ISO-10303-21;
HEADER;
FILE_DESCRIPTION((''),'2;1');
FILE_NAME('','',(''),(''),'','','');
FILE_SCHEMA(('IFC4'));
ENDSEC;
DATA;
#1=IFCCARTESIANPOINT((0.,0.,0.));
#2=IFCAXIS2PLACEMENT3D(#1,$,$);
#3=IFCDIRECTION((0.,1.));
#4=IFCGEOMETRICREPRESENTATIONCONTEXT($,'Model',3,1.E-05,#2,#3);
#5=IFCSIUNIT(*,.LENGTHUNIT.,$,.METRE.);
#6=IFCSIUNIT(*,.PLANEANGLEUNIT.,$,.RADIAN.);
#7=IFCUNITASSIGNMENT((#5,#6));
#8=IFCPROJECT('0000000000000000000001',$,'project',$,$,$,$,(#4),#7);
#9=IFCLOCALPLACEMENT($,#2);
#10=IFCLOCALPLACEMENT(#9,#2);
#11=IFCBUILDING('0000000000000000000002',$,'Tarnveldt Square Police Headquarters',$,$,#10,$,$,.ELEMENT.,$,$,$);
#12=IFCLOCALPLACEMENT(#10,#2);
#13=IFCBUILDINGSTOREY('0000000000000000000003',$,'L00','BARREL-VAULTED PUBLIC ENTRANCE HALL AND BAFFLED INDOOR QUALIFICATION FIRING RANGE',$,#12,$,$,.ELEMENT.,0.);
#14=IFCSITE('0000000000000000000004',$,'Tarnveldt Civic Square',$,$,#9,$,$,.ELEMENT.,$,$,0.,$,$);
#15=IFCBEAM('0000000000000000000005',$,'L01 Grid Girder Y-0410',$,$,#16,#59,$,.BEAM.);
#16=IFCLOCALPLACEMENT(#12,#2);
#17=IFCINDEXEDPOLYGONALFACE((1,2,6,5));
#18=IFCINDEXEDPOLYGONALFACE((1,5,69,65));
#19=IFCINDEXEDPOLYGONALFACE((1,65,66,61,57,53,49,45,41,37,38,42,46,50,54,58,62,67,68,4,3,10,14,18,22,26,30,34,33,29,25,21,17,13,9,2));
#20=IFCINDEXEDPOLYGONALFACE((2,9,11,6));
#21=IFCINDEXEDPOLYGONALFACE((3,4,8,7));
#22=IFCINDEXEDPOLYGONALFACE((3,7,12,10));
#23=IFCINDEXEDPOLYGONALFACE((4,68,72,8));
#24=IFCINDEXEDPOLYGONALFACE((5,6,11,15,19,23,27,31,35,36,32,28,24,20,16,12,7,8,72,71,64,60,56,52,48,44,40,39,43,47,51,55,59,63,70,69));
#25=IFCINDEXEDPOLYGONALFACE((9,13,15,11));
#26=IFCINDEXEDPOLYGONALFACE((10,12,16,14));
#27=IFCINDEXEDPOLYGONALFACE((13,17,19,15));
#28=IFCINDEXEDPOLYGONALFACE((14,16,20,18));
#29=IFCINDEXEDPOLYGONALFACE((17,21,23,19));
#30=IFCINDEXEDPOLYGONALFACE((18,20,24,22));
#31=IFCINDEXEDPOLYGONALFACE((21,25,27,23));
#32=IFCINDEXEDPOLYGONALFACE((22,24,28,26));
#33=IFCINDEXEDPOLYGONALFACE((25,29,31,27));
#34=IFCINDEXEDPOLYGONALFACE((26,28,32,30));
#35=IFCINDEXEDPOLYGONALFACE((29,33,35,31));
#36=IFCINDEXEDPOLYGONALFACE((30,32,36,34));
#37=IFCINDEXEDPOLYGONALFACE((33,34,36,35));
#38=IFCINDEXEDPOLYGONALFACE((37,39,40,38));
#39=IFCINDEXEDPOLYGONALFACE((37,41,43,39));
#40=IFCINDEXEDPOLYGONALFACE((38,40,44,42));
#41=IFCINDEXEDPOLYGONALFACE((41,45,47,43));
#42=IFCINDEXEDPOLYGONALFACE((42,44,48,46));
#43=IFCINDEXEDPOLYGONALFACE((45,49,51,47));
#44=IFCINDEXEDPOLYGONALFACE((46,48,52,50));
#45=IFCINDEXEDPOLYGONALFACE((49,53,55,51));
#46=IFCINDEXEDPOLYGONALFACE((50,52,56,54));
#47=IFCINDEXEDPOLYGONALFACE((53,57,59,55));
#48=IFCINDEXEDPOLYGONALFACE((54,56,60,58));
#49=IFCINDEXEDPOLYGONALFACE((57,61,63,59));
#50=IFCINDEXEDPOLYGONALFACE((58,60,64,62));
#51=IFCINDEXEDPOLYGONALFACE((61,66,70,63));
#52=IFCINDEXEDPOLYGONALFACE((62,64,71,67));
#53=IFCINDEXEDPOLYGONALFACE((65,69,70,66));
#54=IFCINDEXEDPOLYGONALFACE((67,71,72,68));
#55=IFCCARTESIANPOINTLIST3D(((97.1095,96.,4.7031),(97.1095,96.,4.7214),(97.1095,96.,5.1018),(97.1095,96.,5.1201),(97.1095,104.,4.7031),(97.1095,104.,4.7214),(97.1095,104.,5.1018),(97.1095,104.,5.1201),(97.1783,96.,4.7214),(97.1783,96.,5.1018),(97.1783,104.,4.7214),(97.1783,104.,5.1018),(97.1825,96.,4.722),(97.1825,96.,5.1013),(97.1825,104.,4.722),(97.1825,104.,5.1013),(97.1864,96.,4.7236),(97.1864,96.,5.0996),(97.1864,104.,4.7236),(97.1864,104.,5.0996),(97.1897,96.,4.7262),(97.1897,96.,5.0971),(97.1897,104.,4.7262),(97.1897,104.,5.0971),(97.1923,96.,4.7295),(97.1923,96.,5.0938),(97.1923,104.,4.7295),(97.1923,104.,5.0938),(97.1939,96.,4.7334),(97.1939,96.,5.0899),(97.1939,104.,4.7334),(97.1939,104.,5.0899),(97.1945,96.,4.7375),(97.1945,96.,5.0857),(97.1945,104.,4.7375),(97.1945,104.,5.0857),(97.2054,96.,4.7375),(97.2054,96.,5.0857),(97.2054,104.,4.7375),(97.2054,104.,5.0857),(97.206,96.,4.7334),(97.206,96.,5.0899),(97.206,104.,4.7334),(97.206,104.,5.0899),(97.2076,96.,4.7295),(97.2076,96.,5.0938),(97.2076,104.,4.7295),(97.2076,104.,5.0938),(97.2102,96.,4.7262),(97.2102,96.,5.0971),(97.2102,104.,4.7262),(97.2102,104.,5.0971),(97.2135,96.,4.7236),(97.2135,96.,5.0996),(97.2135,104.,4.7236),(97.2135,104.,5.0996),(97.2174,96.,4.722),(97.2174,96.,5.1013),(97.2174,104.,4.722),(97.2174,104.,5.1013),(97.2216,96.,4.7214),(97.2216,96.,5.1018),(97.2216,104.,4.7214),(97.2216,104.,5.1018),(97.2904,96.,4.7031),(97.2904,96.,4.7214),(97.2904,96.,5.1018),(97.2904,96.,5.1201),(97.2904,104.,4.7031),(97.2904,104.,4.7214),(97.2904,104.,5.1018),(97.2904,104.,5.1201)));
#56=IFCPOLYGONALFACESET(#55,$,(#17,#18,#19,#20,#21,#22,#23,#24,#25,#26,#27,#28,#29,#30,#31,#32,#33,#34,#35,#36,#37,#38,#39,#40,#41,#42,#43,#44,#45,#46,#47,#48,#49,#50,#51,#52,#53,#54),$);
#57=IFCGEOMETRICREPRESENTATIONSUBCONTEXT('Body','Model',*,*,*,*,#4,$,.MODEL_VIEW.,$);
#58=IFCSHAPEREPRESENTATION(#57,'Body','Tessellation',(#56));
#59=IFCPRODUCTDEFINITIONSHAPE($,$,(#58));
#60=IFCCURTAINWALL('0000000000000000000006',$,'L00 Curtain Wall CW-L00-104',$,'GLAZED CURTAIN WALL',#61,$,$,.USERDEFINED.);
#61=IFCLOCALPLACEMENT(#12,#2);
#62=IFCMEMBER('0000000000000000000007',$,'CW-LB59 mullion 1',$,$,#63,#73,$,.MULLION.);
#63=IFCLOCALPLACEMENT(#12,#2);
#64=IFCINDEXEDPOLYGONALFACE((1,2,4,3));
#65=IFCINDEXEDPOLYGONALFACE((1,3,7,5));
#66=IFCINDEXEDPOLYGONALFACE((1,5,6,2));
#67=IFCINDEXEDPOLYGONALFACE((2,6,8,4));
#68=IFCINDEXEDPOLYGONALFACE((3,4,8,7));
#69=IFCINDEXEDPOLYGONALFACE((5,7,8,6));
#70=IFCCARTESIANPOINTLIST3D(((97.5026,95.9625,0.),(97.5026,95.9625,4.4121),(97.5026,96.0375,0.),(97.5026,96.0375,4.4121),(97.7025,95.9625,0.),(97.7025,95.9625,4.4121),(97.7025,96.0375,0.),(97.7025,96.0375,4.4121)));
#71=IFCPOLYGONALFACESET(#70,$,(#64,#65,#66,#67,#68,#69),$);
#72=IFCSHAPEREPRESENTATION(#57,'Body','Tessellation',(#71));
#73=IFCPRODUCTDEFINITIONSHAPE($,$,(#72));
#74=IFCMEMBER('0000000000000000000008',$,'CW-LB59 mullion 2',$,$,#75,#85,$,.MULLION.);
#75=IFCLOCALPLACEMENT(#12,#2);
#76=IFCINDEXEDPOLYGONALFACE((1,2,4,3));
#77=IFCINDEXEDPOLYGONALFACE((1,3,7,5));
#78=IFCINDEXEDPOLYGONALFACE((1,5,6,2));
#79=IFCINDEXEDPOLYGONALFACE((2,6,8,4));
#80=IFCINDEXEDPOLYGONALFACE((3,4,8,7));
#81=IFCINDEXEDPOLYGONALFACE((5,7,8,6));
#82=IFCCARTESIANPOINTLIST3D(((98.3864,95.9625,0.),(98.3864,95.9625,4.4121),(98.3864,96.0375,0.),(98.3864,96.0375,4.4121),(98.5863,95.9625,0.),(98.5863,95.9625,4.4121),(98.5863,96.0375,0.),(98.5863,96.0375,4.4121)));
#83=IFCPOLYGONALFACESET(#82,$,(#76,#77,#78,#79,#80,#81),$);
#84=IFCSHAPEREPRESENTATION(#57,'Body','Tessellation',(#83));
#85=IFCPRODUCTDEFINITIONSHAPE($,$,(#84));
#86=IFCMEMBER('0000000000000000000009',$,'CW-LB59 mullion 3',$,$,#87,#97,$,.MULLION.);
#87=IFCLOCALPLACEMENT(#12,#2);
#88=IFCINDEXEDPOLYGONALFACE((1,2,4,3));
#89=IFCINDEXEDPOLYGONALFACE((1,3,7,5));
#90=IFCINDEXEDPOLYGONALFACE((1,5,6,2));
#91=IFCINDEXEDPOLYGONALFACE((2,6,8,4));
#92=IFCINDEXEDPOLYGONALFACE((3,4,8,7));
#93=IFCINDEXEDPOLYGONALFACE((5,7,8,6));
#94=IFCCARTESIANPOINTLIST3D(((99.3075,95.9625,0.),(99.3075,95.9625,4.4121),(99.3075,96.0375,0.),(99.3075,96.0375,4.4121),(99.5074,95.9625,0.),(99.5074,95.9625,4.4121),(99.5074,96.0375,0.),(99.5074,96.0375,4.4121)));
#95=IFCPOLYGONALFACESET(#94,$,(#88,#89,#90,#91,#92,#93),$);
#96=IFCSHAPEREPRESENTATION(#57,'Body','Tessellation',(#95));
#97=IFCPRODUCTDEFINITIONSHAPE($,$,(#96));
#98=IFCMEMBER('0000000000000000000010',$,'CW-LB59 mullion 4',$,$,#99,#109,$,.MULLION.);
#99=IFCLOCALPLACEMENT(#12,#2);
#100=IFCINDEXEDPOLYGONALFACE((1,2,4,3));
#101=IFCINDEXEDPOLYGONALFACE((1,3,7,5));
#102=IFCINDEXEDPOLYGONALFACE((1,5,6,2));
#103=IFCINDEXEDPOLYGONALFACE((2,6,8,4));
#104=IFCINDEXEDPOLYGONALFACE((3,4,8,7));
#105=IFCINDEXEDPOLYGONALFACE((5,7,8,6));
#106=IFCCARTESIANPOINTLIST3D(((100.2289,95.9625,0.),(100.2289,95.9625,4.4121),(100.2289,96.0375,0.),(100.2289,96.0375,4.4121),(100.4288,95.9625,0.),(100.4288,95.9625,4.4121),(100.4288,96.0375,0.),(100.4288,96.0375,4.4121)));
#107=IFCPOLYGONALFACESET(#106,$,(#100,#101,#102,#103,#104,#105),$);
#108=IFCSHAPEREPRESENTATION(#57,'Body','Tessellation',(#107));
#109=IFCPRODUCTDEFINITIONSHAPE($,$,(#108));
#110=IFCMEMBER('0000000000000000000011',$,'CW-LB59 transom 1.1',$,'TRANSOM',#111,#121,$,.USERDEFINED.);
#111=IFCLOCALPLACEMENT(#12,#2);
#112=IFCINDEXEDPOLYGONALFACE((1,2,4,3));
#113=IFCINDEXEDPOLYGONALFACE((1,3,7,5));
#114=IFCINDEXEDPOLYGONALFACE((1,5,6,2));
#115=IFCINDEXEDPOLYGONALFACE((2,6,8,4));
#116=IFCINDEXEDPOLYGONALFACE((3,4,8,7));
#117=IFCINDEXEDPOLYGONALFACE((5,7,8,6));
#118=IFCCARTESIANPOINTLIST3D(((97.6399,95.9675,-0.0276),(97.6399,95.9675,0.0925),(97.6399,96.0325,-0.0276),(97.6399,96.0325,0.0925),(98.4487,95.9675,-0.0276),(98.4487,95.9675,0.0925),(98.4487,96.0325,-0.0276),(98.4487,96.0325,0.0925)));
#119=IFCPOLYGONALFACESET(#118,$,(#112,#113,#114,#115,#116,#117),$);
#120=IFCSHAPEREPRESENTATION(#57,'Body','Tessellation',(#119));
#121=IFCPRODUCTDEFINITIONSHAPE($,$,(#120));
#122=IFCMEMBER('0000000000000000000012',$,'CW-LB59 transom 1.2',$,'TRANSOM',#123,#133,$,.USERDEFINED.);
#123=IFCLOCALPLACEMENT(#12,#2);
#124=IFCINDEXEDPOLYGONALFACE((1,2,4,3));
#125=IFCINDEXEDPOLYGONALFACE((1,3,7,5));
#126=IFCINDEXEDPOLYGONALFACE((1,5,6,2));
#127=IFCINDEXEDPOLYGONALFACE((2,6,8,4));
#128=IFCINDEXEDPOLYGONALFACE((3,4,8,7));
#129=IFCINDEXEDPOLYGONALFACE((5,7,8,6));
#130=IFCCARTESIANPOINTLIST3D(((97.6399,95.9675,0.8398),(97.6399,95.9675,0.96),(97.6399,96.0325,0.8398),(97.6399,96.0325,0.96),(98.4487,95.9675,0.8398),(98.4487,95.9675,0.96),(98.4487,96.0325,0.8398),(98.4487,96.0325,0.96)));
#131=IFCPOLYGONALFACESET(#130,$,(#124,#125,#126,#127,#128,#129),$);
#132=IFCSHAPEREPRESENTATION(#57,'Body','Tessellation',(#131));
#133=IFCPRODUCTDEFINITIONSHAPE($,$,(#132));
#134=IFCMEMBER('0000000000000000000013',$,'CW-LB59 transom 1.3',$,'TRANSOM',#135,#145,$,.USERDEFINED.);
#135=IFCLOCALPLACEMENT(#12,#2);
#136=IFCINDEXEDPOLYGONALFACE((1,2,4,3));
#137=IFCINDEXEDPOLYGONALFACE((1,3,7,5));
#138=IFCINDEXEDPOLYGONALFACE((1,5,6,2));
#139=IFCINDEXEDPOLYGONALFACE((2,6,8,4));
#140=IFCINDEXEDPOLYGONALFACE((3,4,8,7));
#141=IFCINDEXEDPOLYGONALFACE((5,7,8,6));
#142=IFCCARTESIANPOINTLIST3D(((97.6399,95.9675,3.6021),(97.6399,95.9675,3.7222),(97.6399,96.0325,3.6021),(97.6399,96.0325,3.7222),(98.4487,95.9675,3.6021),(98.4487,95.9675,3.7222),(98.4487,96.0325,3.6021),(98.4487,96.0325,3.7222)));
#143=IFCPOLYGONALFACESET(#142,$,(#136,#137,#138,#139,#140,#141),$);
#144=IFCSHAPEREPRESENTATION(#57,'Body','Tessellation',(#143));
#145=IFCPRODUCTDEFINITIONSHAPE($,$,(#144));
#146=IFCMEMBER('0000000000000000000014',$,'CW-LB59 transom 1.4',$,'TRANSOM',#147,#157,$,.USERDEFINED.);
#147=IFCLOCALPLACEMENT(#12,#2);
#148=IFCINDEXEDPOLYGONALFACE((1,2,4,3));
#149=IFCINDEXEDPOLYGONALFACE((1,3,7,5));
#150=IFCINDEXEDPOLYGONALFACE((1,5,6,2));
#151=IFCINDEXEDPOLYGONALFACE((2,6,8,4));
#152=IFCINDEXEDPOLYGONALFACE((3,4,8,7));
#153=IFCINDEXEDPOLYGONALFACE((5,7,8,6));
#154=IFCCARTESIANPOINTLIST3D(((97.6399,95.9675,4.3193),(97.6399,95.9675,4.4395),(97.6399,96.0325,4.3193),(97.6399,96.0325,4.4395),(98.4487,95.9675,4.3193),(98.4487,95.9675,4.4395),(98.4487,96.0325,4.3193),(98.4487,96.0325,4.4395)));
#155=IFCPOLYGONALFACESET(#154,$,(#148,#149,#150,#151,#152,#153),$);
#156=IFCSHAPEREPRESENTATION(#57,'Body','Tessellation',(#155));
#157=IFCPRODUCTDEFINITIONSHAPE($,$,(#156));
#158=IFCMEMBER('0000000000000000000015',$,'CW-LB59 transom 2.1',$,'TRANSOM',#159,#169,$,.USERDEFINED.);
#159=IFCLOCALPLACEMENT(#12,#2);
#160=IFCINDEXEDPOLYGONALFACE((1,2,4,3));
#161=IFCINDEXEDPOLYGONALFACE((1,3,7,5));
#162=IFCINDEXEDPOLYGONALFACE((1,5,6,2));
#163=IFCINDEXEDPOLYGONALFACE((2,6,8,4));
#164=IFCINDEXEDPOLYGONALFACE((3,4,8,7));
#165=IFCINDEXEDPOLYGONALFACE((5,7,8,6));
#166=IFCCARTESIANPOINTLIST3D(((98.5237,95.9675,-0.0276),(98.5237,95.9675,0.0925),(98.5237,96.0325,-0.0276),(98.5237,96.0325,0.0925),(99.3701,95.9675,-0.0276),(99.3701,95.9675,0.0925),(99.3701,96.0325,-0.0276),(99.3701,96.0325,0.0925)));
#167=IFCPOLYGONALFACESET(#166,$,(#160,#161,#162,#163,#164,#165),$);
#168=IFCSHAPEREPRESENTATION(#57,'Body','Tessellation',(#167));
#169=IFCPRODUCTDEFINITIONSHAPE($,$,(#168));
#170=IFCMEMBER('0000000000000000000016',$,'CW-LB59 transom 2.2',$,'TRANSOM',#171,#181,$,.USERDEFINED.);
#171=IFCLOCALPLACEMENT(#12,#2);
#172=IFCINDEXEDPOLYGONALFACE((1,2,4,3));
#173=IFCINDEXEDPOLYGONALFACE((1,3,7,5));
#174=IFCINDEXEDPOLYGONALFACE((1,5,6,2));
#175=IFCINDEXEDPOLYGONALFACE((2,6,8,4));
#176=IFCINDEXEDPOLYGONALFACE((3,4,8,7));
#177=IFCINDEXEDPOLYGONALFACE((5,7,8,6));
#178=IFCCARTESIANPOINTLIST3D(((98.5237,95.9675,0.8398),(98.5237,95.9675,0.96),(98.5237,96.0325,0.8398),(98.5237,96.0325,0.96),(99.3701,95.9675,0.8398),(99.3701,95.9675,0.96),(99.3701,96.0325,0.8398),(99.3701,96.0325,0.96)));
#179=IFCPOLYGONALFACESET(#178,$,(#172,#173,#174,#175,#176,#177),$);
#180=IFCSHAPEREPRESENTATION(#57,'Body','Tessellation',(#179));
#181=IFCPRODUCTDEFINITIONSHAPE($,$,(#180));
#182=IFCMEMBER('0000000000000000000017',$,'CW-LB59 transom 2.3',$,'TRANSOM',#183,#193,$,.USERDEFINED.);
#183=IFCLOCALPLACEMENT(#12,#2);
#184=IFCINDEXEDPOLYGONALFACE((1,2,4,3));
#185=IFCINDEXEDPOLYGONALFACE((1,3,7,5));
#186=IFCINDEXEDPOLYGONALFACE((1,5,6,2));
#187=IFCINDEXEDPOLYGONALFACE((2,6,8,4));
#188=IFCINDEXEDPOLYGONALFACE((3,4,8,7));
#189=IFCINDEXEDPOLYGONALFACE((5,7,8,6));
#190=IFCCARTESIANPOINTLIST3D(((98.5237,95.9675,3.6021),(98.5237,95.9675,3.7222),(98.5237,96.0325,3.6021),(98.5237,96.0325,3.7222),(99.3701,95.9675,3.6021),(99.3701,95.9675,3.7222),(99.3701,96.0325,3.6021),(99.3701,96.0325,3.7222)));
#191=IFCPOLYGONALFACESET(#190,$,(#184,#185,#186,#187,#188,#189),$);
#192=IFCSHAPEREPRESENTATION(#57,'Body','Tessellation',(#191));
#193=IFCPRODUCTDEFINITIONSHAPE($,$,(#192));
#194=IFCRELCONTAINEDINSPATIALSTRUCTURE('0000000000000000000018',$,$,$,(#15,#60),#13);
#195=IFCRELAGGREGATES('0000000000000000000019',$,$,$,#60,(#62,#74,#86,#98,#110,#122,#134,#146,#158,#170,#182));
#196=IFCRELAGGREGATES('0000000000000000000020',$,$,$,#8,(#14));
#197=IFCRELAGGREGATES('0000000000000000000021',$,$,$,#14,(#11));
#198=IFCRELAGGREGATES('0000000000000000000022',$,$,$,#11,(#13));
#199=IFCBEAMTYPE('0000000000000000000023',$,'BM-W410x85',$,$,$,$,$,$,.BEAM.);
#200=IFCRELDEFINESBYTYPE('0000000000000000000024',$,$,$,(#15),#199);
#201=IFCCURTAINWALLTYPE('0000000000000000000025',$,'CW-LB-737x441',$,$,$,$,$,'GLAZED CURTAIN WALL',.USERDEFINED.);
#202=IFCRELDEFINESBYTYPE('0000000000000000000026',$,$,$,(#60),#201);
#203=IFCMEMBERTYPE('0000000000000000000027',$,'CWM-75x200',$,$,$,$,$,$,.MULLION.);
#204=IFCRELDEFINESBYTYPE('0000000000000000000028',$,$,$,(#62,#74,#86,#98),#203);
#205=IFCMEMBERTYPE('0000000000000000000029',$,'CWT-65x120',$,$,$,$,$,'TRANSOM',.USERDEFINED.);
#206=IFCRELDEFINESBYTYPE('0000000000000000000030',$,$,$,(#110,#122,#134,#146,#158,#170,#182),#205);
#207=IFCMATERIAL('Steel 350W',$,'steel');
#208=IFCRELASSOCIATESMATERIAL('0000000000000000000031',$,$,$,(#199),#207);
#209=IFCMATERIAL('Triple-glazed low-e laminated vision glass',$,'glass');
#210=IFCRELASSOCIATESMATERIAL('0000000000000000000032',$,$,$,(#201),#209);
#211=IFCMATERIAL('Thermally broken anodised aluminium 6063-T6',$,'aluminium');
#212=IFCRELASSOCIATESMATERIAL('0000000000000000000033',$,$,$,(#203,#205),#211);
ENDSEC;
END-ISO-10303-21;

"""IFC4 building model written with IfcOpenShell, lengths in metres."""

from ifc_helpers import new_model, si_unit, direction, frame, origin, origin_2d, place, context, subcontext, project, spatial, rectangle, i_section, extrude, material, material_profile, profile_set, type_object, element, aggregate, save


model = new_model("IFC4")

# Units and contexts
model_context = context("Model", 3, precision=1e-05, world=origin(), true_north=direction((0.0, 1.0)))
body_context = subcontext(model_context, "Body", "Model", "MODEL_VIEW")
ifc_project = project(units=[si_unit("LENGTHUNIT", "METRE"), si_unit("PLANEANGLEUNIT", "RADIAN")], contexts=[model_context])

# Site, building, storey
site_placement = place(None, origin())
site = spatial("IfcSite", under=ifc_project, at=site_placement, Name="Tarnveldt Civic Square", CompositionType="ELEMENT", RefElevation=0.0)
building_placement = place(site_placement, origin())
building = spatial("IfcBuilding", under=site, at=building_placement, Name="Tarnveldt Square Police Headquarters", CompositionType="ELEMENT")
storey_placement = place(building_placement, origin())
storey = spatial("IfcBuildingStorey", under=building, at=storey_placement, Name="L00", Description="BARREL-VAULTED PUBLIC ENTRANCE HALL AND BAFFLED INDOOR QUALIFICATION FIRING RANGE", CompositionType="ELEMENT", Elevation=0.0)

# Beam
ifc_material_1 = material(Name="Steel 350W", Category="steel")
ifc_material_profile_1 = material_profile(ifc_material_1, i_section(OverallWidth=0.1809, OverallDepth=0.417, WebThickness=0.011, FlangeThickness=0.0183, FilletRadius=0.0161, at=origin_2d()), Name="W410x85")
ifc_profile_set_1 = profile_set([ifc_material_profile_1], Name="Steel 350W")
beam_type = type_object("IfcBeamType", Name="BM-W410x85", PredefinedType="BEAM", material=ifc_profile_set_1)
beam_placement = place(storey_placement, frame((97.2, 96.0, 4.9116), z_axis=(0.0, 1.0, 0.0), x_axis=(-1.0, 0.0, 0.0)))
element("IfcBeam", 1, at=beam_placement, inside=storey, type_object=beam_type, Name="L01 Grid Girder Y-0410", PredefinedType="BEAM", context=body_context, shape_type="SweptSolid", body=[
    extrude(i_section(OverallWidth=0.1809, OverallDepth=0.417, WebThickness=0.011, FlangeThickness=0.0183, FilletRadius=0.0161, at=origin_2d()), origin(), (0.0, 0.0, 1.0), 8.0),
])

# Curtain wall, members
ifc_material_2 = material(Name="Triple-glazed low-e laminated vision glass", Category="glass")
curtain_wall_type = type_object("IfcCurtainWallType", Name="CW-LB-737x441", ElementType="GLAZED CURTAIN WALL", PredefinedType="USERDEFINED", material=ifc_material_2)
curtain_wall_placement = place(storey_placement, origin())
curtain_wall = element("IfcCurtainWall", 2, at=curtain_wall_placement, inside=storey, type_object=curtain_wall_type, Name="L00 Curtain Wall CW-L00-104", ObjectType="GLAZED CURTAIN WALL", PredefinedType="USERDEFINED")
ifc_material_3 = material(Name="Thermally broken anodised aluminium 6063-T6", Category="aluminium")
ifc_material_profile_2 = material_profile(ifc_material_3, rectangle(XDim=0.075, YDim=0.2, at=origin_2d()), Name="CW-M75x200")
ifc_profile_set_2 = profile_set([ifc_material_profile_2], Name="Thermally broken anodised aluminium 6063-T6")
member_type_1 = type_object("IfcMemberType", Name="CWM-75x200", PredefinedType="MULLION", material=ifc_profile_set_2)
member_1_placement = place(storey_placement, frame((97.6025, 96.0, 0.0), z_axis=(0.0, 0.0, 1.0), x_axis=(0.0, 1.0, 0.0)))
member_1 = element("IfcMember", 3, at=member_1_placement, type_object=member_type_1, Name="CW-LB59 mullion 1", PredefinedType="MULLION", context=body_context, shape_type="SweptSolid", body=[
    extrude(rectangle(XDim=0.075, YDim=0.2, at=origin_2d()), origin(), (0.0, 0.0, 1.0), 4.4121),
])
member_2_placement = place(storey_placement, frame((98.4863, 96.0, 0.0), z_axis=(0.0, 0.0, 1.0), x_axis=(0.0, 1.0, 0.0)))
member_2 = element("IfcMember", 4, at=member_2_placement, type_object=member_type_1, Name="CW-LB59 mullion 2", PredefinedType="MULLION", context=body_context, shape_type="SweptSolid", body=[
    extrude(rectangle(XDim=0.075, YDim=0.2, at=origin_2d()), origin(), (0.0, 0.0, 1.0), 4.4121),
])
member_3_placement = place(storey_placement, frame((99.4075, 96.0, 0.0), z_axis=(0.0, 0.0, 1.0), x_axis=(0.0, 1.0, 0.0)))
member_3 = element("IfcMember", 5, at=member_3_placement, type_object=member_type_1, Name="CW-LB59 mullion 3", PredefinedType="MULLION", context=body_context, shape_type="SweptSolid", body=[
    extrude(rectangle(XDim=0.075, YDim=0.2, at=origin_2d()), origin(), (0.0, 0.0, 1.0), 4.4121),
])
member_4_placement = place(storey_placement, frame((100.3289, 96.0, 0.0), z_axis=(0.0, 0.0, 1.0), x_axis=(0.0, 1.0, 0.0)))
member_4 = element("IfcMember", 6, at=member_4_placement, type_object=member_type_1, Name="CW-LB59 mullion 4", PredefinedType="MULLION", context=body_context, shape_type="SweptSolid", body=[
    extrude(rectangle(XDim=0.075, YDim=0.2, at=origin_2d()), origin(), (0.0, 0.0, 1.0), 4.4121),
])
ifc_material_profile_3 = material_profile(ifc_material_3, rectangle(XDim=0.0649, YDim=0.1201, at=origin_2d()), Name="CW-T65x120")
ifc_profile_set_3 = profile_set([ifc_material_profile_3], Name="Thermally broken anodised aluminium 6063-T6")
member_type_2 = type_object("IfcMemberType", Name="CWT-65x120", ElementType="TRANSOM", PredefinedType="USERDEFINED", material=ifc_profile_set_3)
member_5_placement = place(storey_placement, frame((97.6399, 96.0, 0.0325), z_axis=(1.0, 0.0, 0.0), x_axis=(0.0, 1.0, 0.0)))
member_5 = element("IfcMember", 7, at=member_5_placement, type_object=member_type_2, Name="CW-LB59 transom 1.1", ObjectType="TRANSOM", PredefinedType="USERDEFINED", context=body_context, shape_type="SweptSolid", body=[
    extrude(rectangle(XDim=0.0649, YDim=0.1201, at=origin_2d()), origin(), (0.0, 0.0, 1.0), 0.8088),
])
member_6_placement = place(storey_placement, frame((97.6399, 96.0, 0.8999), z_axis=(1.0, 0.0, 0.0), x_axis=(0.0, 1.0, 0.0)))
member_6 = element("IfcMember", 8, at=member_6_placement, type_object=member_type_2, Name="CW-LB59 transom 1.2", ObjectType="TRANSOM", PredefinedType="USERDEFINED", context=body_context, shape_type="SweptSolid", body=[
    extrude(rectangle(XDim=0.0649, YDim=0.1201, at=origin_2d()), origin(), (0.0, 0.0, 1.0), 0.8088),
])
member_7_placement = place(storey_placement, frame((97.6399, 96.0, 3.6621), z_axis=(1.0, 0.0, 0.0), x_axis=(0.0, 1.0, 0.0)))
member_7 = element("IfcMember", 9, at=member_7_placement, type_object=member_type_2, Name="CW-LB59 transom 1.3", ObjectType="TRANSOM", PredefinedType="USERDEFINED", context=body_context, shape_type="SweptSolid", body=[
    extrude(rectangle(XDim=0.0649, YDim=0.1201, at=origin_2d()), origin(), (0.0, 0.0, 1.0), 0.8088),
])
member_8_placement = place(storey_placement, frame((97.6399, 96.0, 4.3794), z_axis=(1.0, 0.0, 0.0), x_axis=(0.0, 1.0, 0.0)))
member_8 = element("IfcMember", 10, at=member_8_placement, type_object=member_type_2, Name="CW-LB59 transom 1.4", ObjectType="TRANSOM", PredefinedType="USERDEFINED", context=body_context, shape_type="SweptSolid", body=[
    extrude(rectangle(XDim=0.0649, YDim=0.1201, at=origin_2d()), origin(), (0.0, 0.0, 1.0), 0.8088),
])
member_9_placement = place(storey_placement, frame((98.5237, 96.0, 0.0325), z_axis=(1.0, 0.0, 0.0), x_axis=(0.0, 1.0, 0.0)))
member_9 = element("IfcMember", 11, at=member_9_placement, type_object=member_type_2, Name="CW-LB59 transom 2.1", ObjectType="TRANSOM", PredefinedType="USERDEFINED", context=body_context, shape_type="SweptSolid", body=[
    extrude(rectangle(XDim=0.0649, YDim=0.1201, at=origin_2d()), origin(), (0.0, 0.0, 1.0), 0.8464),
])
member_10_placement = place(storey_placement, frame((98.5237, 96.0, 0.8999), z_axis=(1.0, 0.0, 0.0), x_axis=(0.0, 1.0, 0.0)))
member_10 = element("IfcMember", 12, at=member_10_placement, type_object=member_type_2, Name="CW-LB59 transom 2.2", ObjectType="TRANSOM", PredefinedType="USERDEFINED", context=body_context, shape_type="SweptSolid", body=[
    extrude(rectangle(XDim=0.0649, YDim=0.1201, at=origin_2d()), origin(), (0.0, 0.0, 1.0), 0.8464),
])
member_11_placement = place(storey_placement, frame((98.5237, 96.0, 3.6621), z_axis=(1.0, 0.0, 0.0), x_axis=(0.0, 1.0, 0.0)))
member_11 = element("IfcMember", 13, at=member_11_placement, type_object=member_type_2, Name="CW-LB59 transom 2.3", ObjectType="TRANSOM", PredefinedType="USERDEFINED", context=body_context, shape_type="SweptSolid", body=[
    extrude(rectangle(XDim=0.0649, YDim=0.1201, at=origin_2d()), origin(), (0.0, 0.0, 1.0), 0.8464),
])
aggregate(curtain_wall, [member_1, member_2, member_3, member_4, member_5, member_6, member_7, member_8, member_9, member_10, member_11])

save(model, "model.ifc")
